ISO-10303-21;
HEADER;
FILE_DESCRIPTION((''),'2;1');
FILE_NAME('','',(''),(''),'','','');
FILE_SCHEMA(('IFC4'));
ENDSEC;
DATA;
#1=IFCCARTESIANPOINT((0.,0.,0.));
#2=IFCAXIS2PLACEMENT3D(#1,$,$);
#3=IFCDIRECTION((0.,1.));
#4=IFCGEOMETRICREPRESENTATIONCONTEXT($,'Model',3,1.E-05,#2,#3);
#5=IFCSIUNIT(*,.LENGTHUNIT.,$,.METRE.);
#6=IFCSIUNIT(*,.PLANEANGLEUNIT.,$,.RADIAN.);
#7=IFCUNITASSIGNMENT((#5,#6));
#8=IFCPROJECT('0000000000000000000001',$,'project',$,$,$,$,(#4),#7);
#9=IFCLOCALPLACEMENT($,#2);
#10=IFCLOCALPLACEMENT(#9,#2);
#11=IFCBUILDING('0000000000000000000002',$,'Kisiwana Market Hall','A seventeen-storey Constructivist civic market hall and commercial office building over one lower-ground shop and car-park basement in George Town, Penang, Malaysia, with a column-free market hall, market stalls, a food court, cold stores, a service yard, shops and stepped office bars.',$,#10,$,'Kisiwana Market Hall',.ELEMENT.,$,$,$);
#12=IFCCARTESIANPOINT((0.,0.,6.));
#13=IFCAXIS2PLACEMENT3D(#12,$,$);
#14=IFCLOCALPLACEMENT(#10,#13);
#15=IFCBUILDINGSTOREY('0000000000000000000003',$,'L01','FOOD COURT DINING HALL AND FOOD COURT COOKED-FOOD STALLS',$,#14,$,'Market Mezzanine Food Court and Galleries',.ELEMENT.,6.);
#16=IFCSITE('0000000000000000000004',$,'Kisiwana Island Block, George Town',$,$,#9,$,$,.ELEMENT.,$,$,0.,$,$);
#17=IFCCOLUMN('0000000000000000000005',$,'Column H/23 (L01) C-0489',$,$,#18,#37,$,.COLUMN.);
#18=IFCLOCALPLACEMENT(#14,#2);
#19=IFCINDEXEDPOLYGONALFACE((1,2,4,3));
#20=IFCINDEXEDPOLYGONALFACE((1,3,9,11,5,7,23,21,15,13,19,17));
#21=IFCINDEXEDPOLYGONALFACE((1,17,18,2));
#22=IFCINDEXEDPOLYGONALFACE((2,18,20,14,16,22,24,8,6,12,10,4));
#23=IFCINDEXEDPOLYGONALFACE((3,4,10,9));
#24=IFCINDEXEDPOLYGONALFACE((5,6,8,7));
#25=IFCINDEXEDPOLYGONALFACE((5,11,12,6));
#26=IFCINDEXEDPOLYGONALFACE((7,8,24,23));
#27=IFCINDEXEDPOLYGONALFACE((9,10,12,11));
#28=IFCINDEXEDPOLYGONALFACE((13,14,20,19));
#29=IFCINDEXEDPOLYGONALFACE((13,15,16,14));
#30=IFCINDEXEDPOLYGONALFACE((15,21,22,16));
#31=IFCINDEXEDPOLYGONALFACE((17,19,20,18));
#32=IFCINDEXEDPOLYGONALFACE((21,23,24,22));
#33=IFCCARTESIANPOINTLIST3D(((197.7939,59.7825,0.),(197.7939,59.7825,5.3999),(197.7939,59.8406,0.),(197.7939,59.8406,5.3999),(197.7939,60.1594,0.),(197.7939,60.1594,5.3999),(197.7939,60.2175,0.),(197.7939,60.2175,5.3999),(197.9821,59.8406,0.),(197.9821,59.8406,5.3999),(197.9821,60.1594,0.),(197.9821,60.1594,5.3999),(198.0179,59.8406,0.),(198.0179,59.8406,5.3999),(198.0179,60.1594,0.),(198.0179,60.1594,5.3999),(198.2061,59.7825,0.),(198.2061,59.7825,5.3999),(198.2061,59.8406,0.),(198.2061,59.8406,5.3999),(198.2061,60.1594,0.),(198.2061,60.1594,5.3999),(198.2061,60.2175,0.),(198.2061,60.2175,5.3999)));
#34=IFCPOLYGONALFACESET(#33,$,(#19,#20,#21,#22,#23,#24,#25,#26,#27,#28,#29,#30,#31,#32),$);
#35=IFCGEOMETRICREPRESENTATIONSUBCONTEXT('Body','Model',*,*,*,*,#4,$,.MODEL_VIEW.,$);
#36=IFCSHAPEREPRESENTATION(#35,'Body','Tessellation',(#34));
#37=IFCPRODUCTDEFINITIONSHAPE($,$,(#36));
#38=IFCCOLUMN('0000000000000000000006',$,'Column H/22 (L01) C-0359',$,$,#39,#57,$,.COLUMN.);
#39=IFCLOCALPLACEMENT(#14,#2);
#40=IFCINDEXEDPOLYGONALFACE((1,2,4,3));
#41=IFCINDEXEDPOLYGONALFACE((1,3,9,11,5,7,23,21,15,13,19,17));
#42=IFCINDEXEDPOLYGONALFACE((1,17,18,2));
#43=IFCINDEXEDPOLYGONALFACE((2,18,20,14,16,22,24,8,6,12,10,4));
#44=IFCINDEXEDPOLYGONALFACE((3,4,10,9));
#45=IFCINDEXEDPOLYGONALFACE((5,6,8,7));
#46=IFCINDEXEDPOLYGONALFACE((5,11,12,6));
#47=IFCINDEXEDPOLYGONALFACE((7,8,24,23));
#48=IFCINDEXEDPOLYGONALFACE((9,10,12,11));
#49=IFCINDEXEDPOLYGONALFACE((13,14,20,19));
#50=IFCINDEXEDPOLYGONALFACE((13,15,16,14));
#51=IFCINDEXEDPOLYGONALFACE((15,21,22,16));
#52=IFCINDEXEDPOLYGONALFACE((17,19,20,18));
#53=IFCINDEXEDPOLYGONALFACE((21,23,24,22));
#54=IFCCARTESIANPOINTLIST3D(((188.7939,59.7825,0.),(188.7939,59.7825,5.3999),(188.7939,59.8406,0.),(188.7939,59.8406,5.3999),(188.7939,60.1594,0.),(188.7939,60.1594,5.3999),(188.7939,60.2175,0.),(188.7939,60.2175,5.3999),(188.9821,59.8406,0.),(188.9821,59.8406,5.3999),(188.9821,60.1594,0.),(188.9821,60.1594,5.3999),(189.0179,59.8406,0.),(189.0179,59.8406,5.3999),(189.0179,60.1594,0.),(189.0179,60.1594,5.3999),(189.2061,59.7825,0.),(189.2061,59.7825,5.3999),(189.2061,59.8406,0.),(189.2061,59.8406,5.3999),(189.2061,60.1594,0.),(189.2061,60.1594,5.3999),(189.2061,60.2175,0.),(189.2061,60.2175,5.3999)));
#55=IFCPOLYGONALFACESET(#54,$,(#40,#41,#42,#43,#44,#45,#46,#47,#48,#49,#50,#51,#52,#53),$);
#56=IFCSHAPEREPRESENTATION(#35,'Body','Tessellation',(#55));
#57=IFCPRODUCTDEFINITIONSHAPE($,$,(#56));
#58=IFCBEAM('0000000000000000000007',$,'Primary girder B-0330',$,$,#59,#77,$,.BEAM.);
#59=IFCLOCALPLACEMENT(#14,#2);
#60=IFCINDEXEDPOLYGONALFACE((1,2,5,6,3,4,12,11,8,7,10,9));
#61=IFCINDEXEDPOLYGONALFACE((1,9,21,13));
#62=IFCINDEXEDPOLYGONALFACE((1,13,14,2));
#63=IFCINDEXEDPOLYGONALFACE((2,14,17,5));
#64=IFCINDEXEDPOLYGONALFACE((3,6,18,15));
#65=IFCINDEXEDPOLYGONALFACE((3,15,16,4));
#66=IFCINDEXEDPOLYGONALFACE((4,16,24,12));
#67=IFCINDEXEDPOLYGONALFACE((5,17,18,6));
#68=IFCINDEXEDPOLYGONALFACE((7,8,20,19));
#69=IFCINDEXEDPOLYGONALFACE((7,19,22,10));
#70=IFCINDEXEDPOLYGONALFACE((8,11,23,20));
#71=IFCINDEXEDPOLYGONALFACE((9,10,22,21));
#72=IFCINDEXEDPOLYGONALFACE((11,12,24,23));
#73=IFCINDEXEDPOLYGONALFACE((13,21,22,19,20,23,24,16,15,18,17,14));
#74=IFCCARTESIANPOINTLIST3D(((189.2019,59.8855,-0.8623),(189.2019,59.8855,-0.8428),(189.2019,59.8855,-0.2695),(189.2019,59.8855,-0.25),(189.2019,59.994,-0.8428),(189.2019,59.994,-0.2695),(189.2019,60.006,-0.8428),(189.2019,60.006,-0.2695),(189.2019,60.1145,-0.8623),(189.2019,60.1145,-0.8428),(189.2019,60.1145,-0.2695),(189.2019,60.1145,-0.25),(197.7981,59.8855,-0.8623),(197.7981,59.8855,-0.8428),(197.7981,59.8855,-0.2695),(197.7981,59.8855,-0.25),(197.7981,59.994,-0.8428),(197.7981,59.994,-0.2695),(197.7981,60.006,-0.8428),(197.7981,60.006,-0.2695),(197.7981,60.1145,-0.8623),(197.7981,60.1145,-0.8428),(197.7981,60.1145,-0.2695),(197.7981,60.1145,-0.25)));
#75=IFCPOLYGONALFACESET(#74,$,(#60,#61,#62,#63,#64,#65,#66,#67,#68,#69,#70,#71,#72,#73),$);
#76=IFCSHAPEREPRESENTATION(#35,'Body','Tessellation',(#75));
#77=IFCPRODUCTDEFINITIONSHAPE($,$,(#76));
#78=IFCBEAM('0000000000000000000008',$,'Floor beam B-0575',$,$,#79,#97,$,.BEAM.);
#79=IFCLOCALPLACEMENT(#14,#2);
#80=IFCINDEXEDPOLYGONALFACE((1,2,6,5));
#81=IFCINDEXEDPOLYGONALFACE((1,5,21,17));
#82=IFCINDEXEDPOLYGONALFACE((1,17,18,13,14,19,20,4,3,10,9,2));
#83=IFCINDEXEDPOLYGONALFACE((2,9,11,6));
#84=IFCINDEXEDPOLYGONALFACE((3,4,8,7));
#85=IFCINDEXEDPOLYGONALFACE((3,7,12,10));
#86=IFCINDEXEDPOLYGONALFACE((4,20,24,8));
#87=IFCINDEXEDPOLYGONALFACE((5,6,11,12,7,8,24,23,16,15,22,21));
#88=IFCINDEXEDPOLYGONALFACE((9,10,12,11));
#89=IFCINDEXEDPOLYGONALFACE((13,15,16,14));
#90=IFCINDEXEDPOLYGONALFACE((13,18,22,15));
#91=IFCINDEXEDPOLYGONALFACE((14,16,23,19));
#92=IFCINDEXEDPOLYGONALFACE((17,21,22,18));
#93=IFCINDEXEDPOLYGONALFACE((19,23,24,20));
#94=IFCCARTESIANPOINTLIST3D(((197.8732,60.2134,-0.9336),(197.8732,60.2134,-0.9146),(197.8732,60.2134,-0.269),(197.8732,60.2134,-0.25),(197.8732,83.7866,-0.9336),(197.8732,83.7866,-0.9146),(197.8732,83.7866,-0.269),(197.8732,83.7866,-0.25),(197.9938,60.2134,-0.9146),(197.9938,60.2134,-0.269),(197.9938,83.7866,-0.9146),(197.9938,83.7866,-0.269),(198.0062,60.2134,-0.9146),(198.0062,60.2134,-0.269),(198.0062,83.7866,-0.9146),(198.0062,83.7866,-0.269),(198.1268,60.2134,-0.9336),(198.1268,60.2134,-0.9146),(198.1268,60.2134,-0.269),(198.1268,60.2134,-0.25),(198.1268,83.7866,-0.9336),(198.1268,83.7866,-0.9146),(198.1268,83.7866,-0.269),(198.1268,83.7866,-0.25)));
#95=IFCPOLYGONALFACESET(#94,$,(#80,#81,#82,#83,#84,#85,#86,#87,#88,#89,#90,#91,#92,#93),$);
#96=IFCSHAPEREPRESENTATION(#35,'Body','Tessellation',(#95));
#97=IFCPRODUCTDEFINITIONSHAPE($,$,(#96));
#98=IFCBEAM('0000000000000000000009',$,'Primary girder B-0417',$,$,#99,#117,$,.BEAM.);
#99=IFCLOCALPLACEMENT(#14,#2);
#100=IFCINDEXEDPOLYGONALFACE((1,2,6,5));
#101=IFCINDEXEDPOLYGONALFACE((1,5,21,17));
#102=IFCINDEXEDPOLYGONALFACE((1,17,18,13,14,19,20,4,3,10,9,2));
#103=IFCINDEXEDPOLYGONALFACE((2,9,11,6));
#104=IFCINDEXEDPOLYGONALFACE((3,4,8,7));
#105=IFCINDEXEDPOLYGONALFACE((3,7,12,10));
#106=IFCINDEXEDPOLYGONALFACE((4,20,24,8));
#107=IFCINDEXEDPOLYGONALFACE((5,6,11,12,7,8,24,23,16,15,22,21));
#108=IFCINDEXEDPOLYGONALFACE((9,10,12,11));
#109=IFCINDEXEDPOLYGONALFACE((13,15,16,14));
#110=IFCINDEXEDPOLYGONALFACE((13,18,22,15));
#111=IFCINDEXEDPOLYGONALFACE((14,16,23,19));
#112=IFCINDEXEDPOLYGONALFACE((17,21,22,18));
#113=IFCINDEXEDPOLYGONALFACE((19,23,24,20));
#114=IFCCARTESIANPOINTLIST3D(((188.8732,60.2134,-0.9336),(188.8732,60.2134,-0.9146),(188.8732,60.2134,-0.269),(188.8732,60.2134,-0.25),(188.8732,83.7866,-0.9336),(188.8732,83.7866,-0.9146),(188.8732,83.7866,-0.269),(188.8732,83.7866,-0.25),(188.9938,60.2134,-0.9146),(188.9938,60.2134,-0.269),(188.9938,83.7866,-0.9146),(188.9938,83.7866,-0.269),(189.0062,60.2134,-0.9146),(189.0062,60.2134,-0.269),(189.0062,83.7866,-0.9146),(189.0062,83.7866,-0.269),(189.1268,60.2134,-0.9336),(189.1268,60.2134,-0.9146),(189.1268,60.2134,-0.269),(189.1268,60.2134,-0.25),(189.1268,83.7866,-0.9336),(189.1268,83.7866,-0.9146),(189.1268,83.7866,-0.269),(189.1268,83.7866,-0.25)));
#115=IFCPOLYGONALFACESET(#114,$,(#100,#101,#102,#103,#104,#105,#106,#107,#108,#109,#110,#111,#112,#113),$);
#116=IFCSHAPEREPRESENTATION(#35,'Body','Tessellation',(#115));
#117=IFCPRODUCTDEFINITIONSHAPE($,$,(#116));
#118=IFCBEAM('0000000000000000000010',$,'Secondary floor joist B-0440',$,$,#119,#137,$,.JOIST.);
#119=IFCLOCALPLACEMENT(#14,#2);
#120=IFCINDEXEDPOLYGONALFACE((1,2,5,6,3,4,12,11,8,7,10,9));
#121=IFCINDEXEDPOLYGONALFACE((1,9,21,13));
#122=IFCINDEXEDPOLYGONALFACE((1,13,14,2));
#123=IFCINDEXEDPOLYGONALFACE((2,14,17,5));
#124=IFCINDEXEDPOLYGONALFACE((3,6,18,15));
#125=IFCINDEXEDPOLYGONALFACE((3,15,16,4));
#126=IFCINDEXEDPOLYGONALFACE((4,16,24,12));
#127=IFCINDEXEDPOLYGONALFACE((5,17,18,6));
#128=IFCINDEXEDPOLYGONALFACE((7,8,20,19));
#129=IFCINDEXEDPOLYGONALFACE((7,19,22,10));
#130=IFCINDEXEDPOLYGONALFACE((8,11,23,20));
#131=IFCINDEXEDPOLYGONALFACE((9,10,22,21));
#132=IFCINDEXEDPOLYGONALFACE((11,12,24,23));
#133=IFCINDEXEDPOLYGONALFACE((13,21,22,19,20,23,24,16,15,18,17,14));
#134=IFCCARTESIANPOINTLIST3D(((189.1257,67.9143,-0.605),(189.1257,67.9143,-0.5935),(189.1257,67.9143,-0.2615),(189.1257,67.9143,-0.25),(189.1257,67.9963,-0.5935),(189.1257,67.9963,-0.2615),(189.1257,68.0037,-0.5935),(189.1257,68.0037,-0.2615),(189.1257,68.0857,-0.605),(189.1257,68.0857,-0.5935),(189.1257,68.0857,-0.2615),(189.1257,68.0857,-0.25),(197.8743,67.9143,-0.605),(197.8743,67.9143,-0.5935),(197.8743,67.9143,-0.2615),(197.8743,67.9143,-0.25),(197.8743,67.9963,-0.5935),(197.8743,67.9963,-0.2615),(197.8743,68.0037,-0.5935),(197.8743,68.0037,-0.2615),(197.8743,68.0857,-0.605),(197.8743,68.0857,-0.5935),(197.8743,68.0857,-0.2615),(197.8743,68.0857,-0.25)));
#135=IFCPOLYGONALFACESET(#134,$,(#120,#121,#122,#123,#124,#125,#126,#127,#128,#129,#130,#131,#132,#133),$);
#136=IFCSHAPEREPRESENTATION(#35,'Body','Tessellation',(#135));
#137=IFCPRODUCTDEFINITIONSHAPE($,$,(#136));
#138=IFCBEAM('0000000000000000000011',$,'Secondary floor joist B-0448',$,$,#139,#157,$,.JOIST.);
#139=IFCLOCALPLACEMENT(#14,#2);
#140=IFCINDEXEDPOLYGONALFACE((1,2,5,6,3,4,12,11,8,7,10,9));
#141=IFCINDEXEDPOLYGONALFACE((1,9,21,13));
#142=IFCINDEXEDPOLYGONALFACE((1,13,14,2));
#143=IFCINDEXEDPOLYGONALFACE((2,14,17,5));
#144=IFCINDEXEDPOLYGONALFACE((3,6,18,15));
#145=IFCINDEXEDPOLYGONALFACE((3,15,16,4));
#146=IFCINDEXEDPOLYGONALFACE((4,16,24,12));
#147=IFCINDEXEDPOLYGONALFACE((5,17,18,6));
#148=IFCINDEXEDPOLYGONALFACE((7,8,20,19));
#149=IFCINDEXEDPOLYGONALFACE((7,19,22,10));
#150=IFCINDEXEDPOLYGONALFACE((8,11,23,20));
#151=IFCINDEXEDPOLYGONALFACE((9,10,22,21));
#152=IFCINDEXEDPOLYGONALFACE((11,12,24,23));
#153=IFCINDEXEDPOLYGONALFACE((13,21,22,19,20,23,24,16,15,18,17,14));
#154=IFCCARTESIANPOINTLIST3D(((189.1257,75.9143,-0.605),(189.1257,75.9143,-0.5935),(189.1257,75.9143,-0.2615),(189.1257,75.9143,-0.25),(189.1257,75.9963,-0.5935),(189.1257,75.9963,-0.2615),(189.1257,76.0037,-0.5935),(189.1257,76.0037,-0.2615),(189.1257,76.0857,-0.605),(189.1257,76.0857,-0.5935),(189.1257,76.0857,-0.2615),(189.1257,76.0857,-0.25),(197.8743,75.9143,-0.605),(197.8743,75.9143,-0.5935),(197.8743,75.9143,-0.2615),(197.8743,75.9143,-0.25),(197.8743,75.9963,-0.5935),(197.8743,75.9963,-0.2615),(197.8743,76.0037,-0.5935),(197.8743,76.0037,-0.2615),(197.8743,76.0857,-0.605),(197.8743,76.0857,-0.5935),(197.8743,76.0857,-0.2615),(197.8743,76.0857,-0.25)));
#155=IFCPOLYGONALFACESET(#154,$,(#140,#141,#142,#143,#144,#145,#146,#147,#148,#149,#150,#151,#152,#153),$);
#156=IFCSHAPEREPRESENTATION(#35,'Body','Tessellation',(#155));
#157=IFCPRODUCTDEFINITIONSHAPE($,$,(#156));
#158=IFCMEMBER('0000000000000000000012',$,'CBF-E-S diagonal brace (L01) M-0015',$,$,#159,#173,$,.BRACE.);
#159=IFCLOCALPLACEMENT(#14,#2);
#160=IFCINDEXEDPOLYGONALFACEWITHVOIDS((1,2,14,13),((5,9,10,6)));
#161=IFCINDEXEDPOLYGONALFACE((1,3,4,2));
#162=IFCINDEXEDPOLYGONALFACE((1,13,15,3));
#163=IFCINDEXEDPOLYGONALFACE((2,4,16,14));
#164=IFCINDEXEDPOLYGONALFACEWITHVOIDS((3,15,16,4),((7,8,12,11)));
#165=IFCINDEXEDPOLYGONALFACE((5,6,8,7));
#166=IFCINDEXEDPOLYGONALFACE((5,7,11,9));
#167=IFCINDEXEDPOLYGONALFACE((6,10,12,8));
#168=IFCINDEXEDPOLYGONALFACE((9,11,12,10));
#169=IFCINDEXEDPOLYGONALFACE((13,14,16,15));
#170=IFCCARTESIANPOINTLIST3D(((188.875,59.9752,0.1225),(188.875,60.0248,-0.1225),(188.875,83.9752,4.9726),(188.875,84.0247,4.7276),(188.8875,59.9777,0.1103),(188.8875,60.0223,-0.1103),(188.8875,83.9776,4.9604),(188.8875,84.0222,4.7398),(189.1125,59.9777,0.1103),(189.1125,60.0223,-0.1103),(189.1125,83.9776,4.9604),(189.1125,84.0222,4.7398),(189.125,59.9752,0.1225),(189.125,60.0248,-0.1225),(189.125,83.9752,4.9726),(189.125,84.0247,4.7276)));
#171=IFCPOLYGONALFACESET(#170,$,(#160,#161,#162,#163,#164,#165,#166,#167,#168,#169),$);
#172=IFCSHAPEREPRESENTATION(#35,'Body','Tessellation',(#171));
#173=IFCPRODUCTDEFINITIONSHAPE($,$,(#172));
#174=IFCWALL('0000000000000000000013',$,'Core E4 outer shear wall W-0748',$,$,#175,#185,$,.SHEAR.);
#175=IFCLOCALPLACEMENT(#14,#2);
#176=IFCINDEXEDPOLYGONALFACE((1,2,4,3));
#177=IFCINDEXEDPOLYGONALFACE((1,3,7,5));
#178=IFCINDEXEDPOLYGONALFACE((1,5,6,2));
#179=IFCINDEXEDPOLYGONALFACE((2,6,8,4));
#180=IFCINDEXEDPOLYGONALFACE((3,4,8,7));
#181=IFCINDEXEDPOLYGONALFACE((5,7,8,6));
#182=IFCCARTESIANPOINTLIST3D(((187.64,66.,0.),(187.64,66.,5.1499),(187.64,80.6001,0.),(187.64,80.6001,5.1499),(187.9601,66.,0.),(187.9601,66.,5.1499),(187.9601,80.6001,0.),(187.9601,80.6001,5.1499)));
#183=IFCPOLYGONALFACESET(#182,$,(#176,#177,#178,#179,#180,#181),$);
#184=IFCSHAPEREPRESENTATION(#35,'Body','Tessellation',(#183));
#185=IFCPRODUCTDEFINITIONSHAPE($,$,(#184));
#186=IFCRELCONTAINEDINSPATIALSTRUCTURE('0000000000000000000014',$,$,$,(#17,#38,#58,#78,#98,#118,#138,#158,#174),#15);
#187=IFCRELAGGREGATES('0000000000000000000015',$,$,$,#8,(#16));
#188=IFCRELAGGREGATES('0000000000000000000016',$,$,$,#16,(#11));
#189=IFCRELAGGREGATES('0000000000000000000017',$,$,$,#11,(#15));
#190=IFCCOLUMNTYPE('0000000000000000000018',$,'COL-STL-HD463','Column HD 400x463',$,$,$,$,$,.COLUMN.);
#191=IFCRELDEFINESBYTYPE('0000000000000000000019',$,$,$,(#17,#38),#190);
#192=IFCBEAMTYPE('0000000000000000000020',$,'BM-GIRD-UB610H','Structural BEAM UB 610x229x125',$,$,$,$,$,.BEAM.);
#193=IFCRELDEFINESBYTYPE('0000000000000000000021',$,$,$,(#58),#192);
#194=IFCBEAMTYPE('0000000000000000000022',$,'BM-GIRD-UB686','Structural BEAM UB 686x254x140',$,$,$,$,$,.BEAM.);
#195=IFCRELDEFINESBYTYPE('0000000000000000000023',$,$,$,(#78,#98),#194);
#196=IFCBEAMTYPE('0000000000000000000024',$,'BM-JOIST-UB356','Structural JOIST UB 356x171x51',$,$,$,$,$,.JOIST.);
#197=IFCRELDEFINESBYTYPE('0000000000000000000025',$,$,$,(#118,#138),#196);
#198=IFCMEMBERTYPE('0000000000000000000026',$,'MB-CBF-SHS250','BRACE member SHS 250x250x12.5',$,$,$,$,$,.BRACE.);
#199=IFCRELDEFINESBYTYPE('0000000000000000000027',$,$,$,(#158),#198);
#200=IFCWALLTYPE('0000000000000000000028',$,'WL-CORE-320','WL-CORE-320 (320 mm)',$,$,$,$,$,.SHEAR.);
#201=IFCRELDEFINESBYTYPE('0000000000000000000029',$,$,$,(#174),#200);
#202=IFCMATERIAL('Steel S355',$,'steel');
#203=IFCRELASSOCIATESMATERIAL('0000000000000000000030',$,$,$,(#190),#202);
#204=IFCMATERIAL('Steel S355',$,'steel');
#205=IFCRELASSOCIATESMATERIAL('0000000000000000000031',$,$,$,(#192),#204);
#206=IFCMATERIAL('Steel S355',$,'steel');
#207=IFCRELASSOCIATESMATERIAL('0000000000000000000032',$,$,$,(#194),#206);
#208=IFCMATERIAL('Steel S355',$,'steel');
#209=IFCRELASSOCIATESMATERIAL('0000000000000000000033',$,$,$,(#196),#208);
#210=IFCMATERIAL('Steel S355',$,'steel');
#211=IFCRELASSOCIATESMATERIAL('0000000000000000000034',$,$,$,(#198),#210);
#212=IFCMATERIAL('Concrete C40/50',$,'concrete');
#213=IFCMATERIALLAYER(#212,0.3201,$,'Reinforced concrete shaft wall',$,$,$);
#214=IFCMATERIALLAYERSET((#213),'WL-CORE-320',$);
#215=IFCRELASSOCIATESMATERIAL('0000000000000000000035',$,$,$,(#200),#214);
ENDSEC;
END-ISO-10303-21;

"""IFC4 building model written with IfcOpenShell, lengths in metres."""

from ifc_helpers import new_model, si_unit, direction, frame, frame_2d, origin, origin_2d, place, context, subcontext, project, spatial, rectangle, hollow_rectangle, i_section, extrude, material, layer, layer_set, material_profile, profile_set, type_object, element, save


model = new_model("IFC4")

# Units and contexts
model_context = context("Model", 3, precision=1e-05, world=origin(), true_north=direction((0.0, 1.0)))
body_context = subcontext(model_context, "Body", "Model", "MODEL_VIEW")
ifc_project = project(units=[si_unit("LENGTHUNIT", "METRE"), si_unit("PLANEANGLEUNIT", "RADIAN")], contexts=[model_context])

# Site, building, storey
site_placement = place(None, origin())
site = spatial("IfcSite", under=ifc_project, at=site_placement, Name="Kisiwana Island Block, George Town", CompositionType="ELEMENT", RefElevation=0.0)
building_placement = place(site_placement, origin())
building = spatial("IfcBuilding", under=site, at=building_placement, Name="Kisiwana Market Hall", Description="A seventeen-storey Constructivist civic market hall and commercial office building over one lower-ground shop and car-park basement in George Town, Penang, Malaysia, with a column-free market hall, market stalls, a food court, cold stores, a service yard, shops and stepped office bars.", LongName="Kisiwana Market Hall", CompositionType="ELEMENT")
storey_placement = place(building_placement, frame((0.0, 0.0, 6.0)))
storey = spatial("IfcBuildingStorey", under=building, at=storey_placement, Name="L01", Description="FOOD COURT DINING HALL AND FOOD COURT COOKED-FOOD STALLS", LongName="Market Mezzanine Food Court and Galleries", CompositionType="ELEMENT", Elevation=6.0)

# Columns
ifc_material_1 = material(Name="Steel S355", Category="steel")
ifc_material_profile_1 = material_profile(ifc_material_1, i_section(OverallWidth=0.4121, OverallDepth=0.4351, WebThickness=0.0359, FlangeThickness=0.0581, at=origin_2d()), Name="HD 400x463")
ifc_profile_set_1 = profile_set([ifc_material_profile_1], Name="Steel S355")
column_type = type_object("IfcColumnType", Name="COL-STL-HD463", Description="Column HD 400x463", PredefinedType="COLUMN", material=ifc_profile_set_1)
for number, where, z_axis, x_axis, name in (
    (1, (198.0, 60.0, 0.0), (0.0, 0.0, 1.0), (1.0, 0.0, 0.0), "Column H/23 (L01) C-0489"),
    (2, (189.0, 60.0, 0.0), (0.0, 0.0, 1.0), (1.0, 0.0, 0.0), "Column H/22 (L01) C-0359"),
):
    element("IfcColumn", number, at=place(storey_placement, frame(where, z_axis=z_axis, x_axis=x_axis)), inside=storey, type_object=column_type, Name=name, PredefinedType="COLUMN", context=body_context, shape_type="SweptSolid", body=[
        extrude(i_section(OverallWidth=0.4121, OverallDepth=0.4351, WebThickness=0.0359, FlangeThickness=0.0581, at=origin_2d()), origin(), (0.0, 0.0, 1.0), 5.3999),
    ])

# Beams
ifc_material_2 = material(Name="Steel S355", Category="steel")
ifc_material_profile_2 = material_profile(ifc_material_2, i_section(OverallWidth=0.229, OverallDepth=0.6123, WebThickness=0.012, FlangeThickness=0.0195, at=origin_2d()), Name="UB 610x229x125")
ifc_profile_set_2 = profile_set([ifc_material_profile_2], Name="Steel S355")
beam_type_1 = type_object("IfcBeamType", Name="BM-GIRD-UB610H", Description="Structural BEAM UB 610x229x125", PredefinedType="BEAM", material=ifc_profile_set_2)
beam_placement = place(storey_placement, frame((189.2019, 60.0, -0.5562), z_axis=(1.0, 0.0, 0.0), x_axis=(0.0, 1.0, 0.0)))
element("IfcBeam", 3, at=beam_placement, inside=storey, type_object=beam_type_1, Name="Primary girder B-0330", PredefinedType="BEAM", context=body_context, shape_type="SweptSolid", body=[
    extrude(i_section(OverallWidth=0.229, OverallDepth=0.6123, WebThickness=0.012, FlangeThickness=0.0195, at=origin_2d()), origin(), (0.0, 0.0, 1.0), 8.5962),
])
ifc_material_3 = material(Name="Steel S355", Category="steel")
ifc_material_profile_3 = material_profile(ifc_material_3, i_section(OverallWidth=0.2537, OverallDepth=0.6836, WebThickness=0.0125, FlangeThickness=0.019, at=origin_2d()), Name="UB 686x254x140")
ifc_profile_set_3 = profile_set([ifc_material_profile_3], Name="Steel S355")
beam_type_2 = type_object("IfcBeamType", Name="BM-GIRD-UB686", Description="Structural BEAM UB 686x254x140", PredefinedType="BEAM", material=ifc_profile_set_3)
for number, where, z_axis, x_axis, name in (
    (4, (198.0, 60.2134, -0.5918), (0.0, 1.0, 0.0), (-1.0, 0.0, 0.0), "Floor beam B-0575"),
    (5, (189.0, 60.2134, -0.5918), (0.0, 1.0, 0.0), (-1.0, 0.0, 0.0), "Primary girder B-0417"),
):
    element("IfcBeam", number, at=place(storey_placement, frame(where, z_axis=z_axis, x_axis=x_axis)), inside=storey, type_object=beam_type_2, Name=name, PredefinedType="BEAM", context=body_context, shape_type="SweptSolid", body=[
        extrude(i_section(OverallWidth=0.2537, OverallDepth=0.6836, WebThickness=0.0125, FlangeThickness=0.019, at=origin_2d()), origin(), (0.0, 0.0, 1.0), 23.5732),
    ])
ifc_material_4 = material(Name="Steel S355", Category="steel")
ifc_material_profile_4 = material_profile(ifc_material_4, i_section(OverallWidth=0.1714, OverallDepth=0.355, WebThickness=0.0073, FlangeThickness=0.0115, at=origin_2d()), Name="UB 356x171x51")
ifc_profile_set_4 = profile_set([ifc_material_profile_4], Name="Steel S355")
beam_type_3 = type_object("IfcBeamType", Name="BM-JOIST-UB356", Description="Structural JOIST UB 356x171x51", PredefinedType="JOIST", material=ifc_profile_set_4)
for number, where, z_axis, x_axis, name in (
    (6, (189.1257, 68.0, -0.4275), (1.0, 0.0, 0.0), (0.0, 1.0, 0.0), "Secondary floor joist B-0440"),
    (7, (189.1257, 76.0, -0.4275), (1.0, 0.0, 0.0), (0.0, 1.0, 0.0), "Secondary floor joist B-0448"),
):
    element("IfcBeam", number, at=place(storey_placement, frame(where, z_axis=z_axis, x_axis=x_axis)), inside=storey, type_object=beam_type_3, Name=name, PredefinedType="JOIST", context=body_context, shape_type="SweptSolid", body=[
        extrude(i_section(OverallWidth=0.1714, OverallDepth=0.355, WebThickness=0.0073, FlangeThickness=0.0115, at=origin_2d()), origin(), (0.0, 0.0, 1.0), 8.7485),
    ])

# Member
ifc_material_5 = material(Name="Steel S355", Category="steel")
ifc_material_profile_5 = material_profile(ifc_material_5, hollow_rectangle(XDim=0.25, YDim=0.25, WallThickness=0.0125, at=origin_2d()), Name="SHS 250x250x12.5")
ifc_profile_set_5 = profile_set([ifc_material_profile_5], Name="Steel S355")
member_type = type_object("IfcMemberType", Name="MB-CBF-SHS250", Description="BRACE member SHS 250x250x12.5", PredefinedType="BRACE", material=ifc_profile_set_5)
member_placement = place(storey_placement, frame((189.0, 60.0, 0.0), z_axis=(0.0, 0.980185, 0.198083), x_axis=(-1.0, 0.0, 0.0)))
element("IfcMember", 8, at=member_placement, inside=storey, type_object=member_type, Name="CBF-E-S diagonal brace (L01) M-0015", PredefinedType="BRACE", context=body_context, shape_type="SweptSolid", body=[
    extrude(hollow_rectangle(XDim=0.25, YDim=0.25, WallThickness=0.0125, at=origin_2d()), origin(), (0.0, 0.0, 1.0), 24.4851),
])

# Wall
ifc_material_6 = material(Name="Concrete C40/50", Category="concrete")
ifc_layer_1 = layer(ifc_material_6, 0.3201, Name="Reinforced concrete shaft wall")
ifc_layer_set_1 = layer_set([ifc_layer_1], Name="WL-CORE-320")
wall_type_1 = type_object("IfcWallType", Name="WL-CORE-320", Description="WL-CORE-320 (320 mm)", PredefinedType="SHEAR", material=ifc_layer_set_1)
wall_1_placement = place(storey_placement, frame((187.8, 66.0, 0.0), z_axis=(0.0, 0.0, 1.0), x_axis=(0.0, 1.0, 0.0)))
element("IfcWall", 9, at=wall_1_placement, inside=storey, type_object=wall_type_1, Name="Core E4 outer shear wall W-0748", PredefinedType="SHEAR", context=body_context, shape_type="SweptSolid", body=[
    extrude(rectangle(XDim=14.6001, YDim=0.3201, at=frame_2d((7.3, 0.0))), origin(), (0.0, 0.0, 1.0), 5.1499),
])

save(model, "model.ifc")
